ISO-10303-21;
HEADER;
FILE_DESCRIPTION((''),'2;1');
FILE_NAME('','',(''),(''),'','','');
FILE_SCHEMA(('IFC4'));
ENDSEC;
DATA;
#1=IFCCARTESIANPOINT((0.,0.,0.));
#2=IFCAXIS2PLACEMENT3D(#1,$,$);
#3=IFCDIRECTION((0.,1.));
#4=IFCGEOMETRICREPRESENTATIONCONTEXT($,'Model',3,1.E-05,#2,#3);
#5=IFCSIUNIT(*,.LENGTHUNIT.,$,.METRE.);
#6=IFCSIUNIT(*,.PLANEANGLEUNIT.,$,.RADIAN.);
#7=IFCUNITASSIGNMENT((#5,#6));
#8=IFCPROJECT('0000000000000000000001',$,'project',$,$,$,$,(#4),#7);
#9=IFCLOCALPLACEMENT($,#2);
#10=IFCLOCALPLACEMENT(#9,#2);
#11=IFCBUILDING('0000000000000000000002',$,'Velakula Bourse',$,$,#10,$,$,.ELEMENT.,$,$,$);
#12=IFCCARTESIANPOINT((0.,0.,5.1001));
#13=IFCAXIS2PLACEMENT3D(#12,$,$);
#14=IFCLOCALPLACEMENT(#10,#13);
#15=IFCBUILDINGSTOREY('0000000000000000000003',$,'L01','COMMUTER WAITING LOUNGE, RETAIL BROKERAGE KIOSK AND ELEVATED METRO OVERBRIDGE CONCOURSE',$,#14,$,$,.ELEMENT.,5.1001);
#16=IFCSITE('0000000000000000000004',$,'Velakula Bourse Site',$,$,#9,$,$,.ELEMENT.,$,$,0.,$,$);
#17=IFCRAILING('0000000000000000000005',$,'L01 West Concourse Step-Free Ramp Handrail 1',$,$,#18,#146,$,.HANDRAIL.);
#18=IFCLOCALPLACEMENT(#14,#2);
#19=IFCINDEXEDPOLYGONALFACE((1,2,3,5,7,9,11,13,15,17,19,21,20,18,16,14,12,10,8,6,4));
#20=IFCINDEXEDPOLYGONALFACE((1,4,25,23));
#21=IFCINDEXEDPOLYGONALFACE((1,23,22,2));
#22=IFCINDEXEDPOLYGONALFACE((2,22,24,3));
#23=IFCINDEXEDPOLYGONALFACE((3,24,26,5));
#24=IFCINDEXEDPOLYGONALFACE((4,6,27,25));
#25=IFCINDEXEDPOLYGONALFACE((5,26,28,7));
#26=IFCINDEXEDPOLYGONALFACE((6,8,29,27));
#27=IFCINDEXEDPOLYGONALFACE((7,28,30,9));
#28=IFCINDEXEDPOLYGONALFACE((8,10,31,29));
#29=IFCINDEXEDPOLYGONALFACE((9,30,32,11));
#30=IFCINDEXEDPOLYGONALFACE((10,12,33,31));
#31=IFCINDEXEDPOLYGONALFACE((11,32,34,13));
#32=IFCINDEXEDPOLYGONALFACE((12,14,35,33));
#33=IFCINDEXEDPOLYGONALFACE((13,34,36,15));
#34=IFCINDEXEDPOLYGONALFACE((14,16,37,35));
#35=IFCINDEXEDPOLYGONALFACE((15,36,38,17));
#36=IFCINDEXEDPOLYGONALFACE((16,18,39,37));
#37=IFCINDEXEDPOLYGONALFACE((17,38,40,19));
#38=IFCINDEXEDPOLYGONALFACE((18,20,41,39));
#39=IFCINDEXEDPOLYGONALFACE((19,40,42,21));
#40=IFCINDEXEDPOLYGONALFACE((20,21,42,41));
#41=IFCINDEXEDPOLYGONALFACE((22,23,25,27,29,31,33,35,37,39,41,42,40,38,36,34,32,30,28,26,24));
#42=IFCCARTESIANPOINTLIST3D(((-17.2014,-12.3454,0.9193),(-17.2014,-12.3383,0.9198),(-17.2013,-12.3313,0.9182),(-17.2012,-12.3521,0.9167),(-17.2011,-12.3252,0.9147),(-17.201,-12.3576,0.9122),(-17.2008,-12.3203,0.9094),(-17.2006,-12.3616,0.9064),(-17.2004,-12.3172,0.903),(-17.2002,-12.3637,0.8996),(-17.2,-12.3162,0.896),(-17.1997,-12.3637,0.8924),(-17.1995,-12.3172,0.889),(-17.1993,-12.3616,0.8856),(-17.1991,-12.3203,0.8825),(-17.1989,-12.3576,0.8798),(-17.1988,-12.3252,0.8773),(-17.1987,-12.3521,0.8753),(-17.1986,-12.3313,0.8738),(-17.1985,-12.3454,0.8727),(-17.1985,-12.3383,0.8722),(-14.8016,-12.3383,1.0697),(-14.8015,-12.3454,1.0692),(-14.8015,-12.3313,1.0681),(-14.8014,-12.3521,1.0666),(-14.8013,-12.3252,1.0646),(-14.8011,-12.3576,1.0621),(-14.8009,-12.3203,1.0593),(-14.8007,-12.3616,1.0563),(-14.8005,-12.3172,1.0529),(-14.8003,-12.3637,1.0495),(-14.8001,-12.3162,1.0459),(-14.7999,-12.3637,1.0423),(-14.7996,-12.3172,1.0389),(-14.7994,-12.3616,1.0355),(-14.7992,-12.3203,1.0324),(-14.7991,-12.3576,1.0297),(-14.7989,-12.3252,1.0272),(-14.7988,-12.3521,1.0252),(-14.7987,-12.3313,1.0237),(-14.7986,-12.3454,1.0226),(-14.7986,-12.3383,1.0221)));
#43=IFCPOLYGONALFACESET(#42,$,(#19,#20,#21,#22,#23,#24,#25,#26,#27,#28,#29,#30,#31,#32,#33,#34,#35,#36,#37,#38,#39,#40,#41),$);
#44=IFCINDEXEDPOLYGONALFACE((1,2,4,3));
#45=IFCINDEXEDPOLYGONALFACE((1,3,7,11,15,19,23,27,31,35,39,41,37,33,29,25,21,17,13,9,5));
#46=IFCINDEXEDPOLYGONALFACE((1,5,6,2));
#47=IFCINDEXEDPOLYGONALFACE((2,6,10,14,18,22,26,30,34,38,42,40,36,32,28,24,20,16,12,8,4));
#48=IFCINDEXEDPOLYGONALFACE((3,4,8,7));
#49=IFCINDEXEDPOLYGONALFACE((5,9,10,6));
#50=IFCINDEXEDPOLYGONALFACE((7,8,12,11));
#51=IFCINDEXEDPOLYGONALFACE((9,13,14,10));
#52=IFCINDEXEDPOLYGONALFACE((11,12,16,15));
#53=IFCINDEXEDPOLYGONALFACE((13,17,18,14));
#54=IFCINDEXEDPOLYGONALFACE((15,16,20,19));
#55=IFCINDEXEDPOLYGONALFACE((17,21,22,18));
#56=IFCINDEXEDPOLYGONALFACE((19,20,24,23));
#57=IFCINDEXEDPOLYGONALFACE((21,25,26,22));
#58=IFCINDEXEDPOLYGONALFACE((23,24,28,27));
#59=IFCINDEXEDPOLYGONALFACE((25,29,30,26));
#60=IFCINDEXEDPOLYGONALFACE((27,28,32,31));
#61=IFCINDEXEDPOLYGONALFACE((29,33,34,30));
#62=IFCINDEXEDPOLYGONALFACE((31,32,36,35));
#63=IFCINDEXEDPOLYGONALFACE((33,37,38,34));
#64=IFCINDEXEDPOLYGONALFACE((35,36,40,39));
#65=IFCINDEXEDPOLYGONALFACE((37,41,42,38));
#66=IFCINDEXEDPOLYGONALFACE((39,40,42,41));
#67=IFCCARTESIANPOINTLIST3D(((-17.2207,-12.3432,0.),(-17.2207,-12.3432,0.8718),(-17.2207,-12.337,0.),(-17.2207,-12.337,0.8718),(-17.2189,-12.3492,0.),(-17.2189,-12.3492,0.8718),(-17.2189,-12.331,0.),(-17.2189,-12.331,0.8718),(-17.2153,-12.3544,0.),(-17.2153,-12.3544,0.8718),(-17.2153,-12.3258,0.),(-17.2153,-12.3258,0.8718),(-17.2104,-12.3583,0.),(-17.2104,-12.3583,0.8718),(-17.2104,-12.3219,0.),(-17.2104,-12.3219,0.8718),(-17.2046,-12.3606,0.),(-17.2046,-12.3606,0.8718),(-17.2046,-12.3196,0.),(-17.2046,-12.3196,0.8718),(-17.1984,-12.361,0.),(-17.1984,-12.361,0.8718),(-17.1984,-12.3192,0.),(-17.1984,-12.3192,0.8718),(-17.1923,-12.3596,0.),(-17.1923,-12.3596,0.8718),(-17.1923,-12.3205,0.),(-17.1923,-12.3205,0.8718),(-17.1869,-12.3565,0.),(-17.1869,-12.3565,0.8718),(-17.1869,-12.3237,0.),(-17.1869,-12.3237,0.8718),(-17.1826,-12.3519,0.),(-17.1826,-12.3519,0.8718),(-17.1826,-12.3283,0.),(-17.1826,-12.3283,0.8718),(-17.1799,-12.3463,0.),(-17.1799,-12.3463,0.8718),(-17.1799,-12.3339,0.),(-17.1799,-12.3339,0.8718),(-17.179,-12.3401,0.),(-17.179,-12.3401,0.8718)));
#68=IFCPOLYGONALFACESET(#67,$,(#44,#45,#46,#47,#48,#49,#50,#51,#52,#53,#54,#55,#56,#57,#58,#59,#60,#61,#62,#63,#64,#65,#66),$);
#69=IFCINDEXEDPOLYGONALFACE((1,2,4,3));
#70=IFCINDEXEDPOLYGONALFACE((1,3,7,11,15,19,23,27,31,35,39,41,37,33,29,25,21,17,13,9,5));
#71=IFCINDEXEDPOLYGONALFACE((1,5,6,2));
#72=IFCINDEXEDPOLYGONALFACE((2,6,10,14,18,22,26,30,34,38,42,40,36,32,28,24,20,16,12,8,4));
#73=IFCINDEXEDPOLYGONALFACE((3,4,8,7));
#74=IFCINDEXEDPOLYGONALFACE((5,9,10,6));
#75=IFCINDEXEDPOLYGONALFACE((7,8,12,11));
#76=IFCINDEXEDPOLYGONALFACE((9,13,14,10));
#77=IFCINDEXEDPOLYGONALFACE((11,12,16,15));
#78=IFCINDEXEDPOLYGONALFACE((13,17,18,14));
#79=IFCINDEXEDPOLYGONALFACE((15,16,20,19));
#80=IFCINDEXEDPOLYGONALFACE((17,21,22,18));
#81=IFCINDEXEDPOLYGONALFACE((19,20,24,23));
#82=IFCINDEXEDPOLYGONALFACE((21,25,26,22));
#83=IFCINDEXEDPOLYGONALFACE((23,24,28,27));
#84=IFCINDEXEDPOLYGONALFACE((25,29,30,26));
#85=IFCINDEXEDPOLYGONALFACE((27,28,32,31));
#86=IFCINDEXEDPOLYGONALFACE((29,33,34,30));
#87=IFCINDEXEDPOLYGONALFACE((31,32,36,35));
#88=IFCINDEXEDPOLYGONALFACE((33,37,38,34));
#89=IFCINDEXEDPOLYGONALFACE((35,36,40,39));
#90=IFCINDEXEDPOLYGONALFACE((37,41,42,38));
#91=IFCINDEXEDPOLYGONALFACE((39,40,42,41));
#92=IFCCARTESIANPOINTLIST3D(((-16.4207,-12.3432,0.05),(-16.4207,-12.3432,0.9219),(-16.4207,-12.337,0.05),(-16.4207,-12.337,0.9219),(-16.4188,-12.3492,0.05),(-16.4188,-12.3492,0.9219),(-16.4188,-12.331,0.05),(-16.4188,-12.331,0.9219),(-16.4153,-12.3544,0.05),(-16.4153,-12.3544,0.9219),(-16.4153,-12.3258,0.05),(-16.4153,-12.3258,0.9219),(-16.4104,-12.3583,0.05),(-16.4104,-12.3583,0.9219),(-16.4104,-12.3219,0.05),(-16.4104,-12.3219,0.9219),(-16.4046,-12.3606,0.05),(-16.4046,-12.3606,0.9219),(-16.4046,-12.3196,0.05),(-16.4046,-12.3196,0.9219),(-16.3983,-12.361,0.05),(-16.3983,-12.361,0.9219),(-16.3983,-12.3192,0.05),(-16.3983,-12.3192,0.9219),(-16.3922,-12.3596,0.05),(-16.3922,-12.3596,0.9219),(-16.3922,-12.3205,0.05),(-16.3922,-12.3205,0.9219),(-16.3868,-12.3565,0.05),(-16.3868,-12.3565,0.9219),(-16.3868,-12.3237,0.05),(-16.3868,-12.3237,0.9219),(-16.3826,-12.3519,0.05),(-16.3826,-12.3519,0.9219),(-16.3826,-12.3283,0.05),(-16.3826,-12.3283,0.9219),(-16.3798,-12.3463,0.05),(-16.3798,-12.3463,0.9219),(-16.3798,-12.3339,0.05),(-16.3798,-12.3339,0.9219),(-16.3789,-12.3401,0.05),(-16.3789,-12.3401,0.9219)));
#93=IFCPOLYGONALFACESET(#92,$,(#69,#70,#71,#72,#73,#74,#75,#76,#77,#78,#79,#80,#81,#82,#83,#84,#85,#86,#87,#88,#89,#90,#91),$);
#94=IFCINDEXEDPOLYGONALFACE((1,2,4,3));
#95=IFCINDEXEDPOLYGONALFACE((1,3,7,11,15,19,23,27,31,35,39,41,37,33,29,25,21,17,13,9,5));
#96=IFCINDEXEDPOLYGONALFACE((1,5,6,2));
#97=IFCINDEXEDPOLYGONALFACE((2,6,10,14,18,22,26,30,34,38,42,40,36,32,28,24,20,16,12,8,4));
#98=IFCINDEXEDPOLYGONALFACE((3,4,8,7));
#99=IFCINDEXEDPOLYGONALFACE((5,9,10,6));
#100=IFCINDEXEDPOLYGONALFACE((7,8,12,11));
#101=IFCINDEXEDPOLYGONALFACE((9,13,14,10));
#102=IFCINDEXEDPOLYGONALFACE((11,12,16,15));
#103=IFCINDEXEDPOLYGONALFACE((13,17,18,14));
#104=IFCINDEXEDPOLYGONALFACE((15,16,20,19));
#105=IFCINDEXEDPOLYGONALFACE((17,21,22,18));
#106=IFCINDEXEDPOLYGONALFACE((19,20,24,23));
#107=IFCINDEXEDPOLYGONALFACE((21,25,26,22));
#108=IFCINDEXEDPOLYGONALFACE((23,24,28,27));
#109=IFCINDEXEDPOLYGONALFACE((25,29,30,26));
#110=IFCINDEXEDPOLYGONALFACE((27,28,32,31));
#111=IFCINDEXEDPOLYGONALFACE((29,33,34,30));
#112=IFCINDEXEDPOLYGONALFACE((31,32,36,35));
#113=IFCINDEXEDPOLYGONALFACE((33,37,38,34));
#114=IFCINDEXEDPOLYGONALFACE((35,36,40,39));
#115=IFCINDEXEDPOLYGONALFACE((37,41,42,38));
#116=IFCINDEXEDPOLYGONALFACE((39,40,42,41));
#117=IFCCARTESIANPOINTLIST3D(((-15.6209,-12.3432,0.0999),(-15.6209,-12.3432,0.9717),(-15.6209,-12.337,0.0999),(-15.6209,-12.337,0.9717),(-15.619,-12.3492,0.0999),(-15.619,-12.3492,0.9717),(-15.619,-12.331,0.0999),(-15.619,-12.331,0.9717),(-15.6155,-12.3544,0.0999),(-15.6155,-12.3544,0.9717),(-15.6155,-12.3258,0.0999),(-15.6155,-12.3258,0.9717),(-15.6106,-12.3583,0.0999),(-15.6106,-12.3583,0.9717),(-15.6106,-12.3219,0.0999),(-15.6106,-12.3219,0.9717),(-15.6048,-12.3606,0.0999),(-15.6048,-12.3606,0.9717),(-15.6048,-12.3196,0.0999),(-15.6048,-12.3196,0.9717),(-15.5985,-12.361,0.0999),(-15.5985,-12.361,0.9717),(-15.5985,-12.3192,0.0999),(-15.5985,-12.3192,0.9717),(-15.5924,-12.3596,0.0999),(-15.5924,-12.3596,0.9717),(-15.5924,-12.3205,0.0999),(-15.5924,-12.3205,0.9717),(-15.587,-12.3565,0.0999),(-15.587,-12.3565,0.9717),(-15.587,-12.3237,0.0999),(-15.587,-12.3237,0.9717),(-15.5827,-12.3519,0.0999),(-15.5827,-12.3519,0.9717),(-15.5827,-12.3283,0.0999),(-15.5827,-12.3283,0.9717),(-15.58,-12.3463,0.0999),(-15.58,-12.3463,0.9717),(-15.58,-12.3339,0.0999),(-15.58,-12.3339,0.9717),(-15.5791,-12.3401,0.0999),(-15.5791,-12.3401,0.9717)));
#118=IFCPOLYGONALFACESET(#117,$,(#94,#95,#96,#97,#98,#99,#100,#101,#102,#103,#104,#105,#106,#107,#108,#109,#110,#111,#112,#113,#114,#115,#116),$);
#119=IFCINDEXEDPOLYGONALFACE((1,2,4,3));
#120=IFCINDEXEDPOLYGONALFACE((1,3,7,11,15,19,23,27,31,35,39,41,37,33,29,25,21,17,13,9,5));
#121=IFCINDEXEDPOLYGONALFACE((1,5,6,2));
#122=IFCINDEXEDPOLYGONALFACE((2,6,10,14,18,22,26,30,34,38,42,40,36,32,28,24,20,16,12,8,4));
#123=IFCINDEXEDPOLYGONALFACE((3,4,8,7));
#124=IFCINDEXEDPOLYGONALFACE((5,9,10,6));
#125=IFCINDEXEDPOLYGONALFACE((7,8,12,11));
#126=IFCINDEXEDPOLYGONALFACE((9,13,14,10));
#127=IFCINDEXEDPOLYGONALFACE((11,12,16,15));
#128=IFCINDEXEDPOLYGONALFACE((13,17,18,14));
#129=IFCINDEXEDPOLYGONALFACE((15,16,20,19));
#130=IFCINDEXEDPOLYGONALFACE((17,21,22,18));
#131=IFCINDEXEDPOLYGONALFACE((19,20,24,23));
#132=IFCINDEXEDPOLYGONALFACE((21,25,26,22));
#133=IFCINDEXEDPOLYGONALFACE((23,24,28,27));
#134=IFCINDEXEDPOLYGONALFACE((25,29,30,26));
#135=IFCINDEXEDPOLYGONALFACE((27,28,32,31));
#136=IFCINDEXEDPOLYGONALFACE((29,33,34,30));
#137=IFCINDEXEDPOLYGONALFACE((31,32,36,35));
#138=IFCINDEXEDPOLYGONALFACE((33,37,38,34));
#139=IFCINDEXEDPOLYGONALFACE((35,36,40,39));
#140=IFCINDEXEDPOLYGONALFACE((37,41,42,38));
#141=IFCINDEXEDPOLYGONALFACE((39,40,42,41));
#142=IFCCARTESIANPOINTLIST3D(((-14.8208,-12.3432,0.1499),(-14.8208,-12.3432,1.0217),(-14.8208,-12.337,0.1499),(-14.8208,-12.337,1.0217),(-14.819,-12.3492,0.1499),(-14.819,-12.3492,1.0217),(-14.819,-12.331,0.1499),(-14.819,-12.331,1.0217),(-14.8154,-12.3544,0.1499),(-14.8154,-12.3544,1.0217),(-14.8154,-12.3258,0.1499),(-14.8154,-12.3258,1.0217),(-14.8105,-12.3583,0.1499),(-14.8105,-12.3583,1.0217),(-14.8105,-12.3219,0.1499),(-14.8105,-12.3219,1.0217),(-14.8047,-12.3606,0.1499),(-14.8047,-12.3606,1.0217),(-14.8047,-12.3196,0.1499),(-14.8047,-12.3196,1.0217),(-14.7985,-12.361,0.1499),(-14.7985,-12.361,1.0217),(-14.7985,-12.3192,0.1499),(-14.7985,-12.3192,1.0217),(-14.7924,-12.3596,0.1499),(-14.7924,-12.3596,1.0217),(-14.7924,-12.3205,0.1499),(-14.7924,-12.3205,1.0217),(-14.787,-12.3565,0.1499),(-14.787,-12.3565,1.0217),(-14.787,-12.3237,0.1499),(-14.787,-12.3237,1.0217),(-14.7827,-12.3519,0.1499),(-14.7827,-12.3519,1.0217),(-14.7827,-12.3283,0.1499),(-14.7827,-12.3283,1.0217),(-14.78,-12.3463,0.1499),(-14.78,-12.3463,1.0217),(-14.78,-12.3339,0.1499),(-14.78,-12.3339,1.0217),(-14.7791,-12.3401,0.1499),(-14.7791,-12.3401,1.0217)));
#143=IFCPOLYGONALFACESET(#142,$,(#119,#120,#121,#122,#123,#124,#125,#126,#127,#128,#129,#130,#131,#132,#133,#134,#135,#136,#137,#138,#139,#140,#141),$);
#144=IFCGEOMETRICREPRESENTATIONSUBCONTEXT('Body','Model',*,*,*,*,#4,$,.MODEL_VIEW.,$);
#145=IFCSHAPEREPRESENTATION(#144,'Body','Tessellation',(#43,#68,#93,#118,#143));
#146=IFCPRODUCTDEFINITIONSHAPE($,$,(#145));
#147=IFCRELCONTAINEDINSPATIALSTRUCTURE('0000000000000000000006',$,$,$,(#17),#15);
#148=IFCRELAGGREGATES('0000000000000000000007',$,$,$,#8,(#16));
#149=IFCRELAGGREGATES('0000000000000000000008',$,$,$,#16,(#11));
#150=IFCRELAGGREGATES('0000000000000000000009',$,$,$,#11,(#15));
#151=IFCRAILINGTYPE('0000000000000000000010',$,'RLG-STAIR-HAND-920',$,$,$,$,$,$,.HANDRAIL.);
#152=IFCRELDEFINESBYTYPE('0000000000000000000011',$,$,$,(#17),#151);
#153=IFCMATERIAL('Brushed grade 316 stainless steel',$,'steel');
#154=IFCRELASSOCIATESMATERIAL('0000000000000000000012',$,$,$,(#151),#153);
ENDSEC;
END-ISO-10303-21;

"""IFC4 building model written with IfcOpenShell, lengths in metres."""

from ifc_helpers import new_model, si_unit, direction, frame, origin, origin_2d, place, context, subcontext, project, spatial, circle, extrude, material, type_object, element, save


model = new_model("IFC4")

# Units and contexts
model_context = context("Model", 3, precision=1e-05, world=origin(), true_north=direction((0.0, 1.0)))
body_context = subcontext(model_context, "Body", "Model", "MODEL_VIEW")
ifc_project = project(units=[si_unit("LENGTHUNIT", "METRE"), si_unit("PLANEANGLEUNIT", "RADIAN")], contexts=[model_context])

# Site, building, storey
site_placement = place(None, origin())
site = spatial("IfcSite", under=ifc_project, at=site_placement, Name="Velakula Bourse Site", CompositionType="ELEMENT", RefElevation=0.0)
building_placement = place(site_placement, origin())
building = spatial("IfcBuilding", under=site, at=building_placement, Name="Velakula Bourse", CompositionType="ELEMENT")
storey_placement = place(building_placement, frame((0.0, 0.0, 5.1001)))
storey = spatial("IfcBuildingStorey", under=building, at=storey_placement, Name="L01", Description="COMMUTER WAITING LOUNGE, RETAIL BROKERAGE KIOSK AND ELEVATED METRO OVERBRIDGE CONCOURSE", CompositionType="ELEMENT", Elevation=5.1001)

# Railing
ifc_material_1 = material(Name="Brushed grade 316 stainless steel", Category="steel")
railing_type = type_object("IfcRailingType", Name="RLG-STAIR-HAND-920", PredefinedType="HANDRAIL", material=ifc_material_1)
railing_placement = place(storey_placement, frame((-17.2, -12.3401, 0.0)))
element("IfcRailing", 1, at=railing_placement, inside=storey, type_object=railing_type, Name="L01 West Concourse Step-Free Ramp Handrail 1", PredefinedType="HANDRAIL", context=body_context, shape_type="SweptSolid", body=[
    extrude(circle(Radius=0.0239, at=origin_2d()), frame((0.0, 0.0, 0.896), z_axis=(0.998055, 0.0, 0.06234), x_axis=(0.0, 1.0, 0.0)), (0.0, 0.0, 1.0), 2.4045),
    extrude(circle(Radius=0.021, at=origin_2d()), origin(), (0.0, 0.0, 1.0), 0.8718),
    extrude(circle(Radius=0.021, at=origin_2d()), frame((0.8, 0.0, 0.05)), (0.0, 0.0, 1.0), 0.8718),
    extrude(circle(Radius=0.021, at=origin_2d()), frame((1.5999, 0.0, 0.0999)), (0.0, 0.0, 1.0), 0.8718),
    extrude(circle(Radius=0.021, at=origin_2d()), frame((2.3999, 0.0, 0.1499)), (0.0, 0.0, 1.0), 0.8718),
])

save(model, "model.ifc")
